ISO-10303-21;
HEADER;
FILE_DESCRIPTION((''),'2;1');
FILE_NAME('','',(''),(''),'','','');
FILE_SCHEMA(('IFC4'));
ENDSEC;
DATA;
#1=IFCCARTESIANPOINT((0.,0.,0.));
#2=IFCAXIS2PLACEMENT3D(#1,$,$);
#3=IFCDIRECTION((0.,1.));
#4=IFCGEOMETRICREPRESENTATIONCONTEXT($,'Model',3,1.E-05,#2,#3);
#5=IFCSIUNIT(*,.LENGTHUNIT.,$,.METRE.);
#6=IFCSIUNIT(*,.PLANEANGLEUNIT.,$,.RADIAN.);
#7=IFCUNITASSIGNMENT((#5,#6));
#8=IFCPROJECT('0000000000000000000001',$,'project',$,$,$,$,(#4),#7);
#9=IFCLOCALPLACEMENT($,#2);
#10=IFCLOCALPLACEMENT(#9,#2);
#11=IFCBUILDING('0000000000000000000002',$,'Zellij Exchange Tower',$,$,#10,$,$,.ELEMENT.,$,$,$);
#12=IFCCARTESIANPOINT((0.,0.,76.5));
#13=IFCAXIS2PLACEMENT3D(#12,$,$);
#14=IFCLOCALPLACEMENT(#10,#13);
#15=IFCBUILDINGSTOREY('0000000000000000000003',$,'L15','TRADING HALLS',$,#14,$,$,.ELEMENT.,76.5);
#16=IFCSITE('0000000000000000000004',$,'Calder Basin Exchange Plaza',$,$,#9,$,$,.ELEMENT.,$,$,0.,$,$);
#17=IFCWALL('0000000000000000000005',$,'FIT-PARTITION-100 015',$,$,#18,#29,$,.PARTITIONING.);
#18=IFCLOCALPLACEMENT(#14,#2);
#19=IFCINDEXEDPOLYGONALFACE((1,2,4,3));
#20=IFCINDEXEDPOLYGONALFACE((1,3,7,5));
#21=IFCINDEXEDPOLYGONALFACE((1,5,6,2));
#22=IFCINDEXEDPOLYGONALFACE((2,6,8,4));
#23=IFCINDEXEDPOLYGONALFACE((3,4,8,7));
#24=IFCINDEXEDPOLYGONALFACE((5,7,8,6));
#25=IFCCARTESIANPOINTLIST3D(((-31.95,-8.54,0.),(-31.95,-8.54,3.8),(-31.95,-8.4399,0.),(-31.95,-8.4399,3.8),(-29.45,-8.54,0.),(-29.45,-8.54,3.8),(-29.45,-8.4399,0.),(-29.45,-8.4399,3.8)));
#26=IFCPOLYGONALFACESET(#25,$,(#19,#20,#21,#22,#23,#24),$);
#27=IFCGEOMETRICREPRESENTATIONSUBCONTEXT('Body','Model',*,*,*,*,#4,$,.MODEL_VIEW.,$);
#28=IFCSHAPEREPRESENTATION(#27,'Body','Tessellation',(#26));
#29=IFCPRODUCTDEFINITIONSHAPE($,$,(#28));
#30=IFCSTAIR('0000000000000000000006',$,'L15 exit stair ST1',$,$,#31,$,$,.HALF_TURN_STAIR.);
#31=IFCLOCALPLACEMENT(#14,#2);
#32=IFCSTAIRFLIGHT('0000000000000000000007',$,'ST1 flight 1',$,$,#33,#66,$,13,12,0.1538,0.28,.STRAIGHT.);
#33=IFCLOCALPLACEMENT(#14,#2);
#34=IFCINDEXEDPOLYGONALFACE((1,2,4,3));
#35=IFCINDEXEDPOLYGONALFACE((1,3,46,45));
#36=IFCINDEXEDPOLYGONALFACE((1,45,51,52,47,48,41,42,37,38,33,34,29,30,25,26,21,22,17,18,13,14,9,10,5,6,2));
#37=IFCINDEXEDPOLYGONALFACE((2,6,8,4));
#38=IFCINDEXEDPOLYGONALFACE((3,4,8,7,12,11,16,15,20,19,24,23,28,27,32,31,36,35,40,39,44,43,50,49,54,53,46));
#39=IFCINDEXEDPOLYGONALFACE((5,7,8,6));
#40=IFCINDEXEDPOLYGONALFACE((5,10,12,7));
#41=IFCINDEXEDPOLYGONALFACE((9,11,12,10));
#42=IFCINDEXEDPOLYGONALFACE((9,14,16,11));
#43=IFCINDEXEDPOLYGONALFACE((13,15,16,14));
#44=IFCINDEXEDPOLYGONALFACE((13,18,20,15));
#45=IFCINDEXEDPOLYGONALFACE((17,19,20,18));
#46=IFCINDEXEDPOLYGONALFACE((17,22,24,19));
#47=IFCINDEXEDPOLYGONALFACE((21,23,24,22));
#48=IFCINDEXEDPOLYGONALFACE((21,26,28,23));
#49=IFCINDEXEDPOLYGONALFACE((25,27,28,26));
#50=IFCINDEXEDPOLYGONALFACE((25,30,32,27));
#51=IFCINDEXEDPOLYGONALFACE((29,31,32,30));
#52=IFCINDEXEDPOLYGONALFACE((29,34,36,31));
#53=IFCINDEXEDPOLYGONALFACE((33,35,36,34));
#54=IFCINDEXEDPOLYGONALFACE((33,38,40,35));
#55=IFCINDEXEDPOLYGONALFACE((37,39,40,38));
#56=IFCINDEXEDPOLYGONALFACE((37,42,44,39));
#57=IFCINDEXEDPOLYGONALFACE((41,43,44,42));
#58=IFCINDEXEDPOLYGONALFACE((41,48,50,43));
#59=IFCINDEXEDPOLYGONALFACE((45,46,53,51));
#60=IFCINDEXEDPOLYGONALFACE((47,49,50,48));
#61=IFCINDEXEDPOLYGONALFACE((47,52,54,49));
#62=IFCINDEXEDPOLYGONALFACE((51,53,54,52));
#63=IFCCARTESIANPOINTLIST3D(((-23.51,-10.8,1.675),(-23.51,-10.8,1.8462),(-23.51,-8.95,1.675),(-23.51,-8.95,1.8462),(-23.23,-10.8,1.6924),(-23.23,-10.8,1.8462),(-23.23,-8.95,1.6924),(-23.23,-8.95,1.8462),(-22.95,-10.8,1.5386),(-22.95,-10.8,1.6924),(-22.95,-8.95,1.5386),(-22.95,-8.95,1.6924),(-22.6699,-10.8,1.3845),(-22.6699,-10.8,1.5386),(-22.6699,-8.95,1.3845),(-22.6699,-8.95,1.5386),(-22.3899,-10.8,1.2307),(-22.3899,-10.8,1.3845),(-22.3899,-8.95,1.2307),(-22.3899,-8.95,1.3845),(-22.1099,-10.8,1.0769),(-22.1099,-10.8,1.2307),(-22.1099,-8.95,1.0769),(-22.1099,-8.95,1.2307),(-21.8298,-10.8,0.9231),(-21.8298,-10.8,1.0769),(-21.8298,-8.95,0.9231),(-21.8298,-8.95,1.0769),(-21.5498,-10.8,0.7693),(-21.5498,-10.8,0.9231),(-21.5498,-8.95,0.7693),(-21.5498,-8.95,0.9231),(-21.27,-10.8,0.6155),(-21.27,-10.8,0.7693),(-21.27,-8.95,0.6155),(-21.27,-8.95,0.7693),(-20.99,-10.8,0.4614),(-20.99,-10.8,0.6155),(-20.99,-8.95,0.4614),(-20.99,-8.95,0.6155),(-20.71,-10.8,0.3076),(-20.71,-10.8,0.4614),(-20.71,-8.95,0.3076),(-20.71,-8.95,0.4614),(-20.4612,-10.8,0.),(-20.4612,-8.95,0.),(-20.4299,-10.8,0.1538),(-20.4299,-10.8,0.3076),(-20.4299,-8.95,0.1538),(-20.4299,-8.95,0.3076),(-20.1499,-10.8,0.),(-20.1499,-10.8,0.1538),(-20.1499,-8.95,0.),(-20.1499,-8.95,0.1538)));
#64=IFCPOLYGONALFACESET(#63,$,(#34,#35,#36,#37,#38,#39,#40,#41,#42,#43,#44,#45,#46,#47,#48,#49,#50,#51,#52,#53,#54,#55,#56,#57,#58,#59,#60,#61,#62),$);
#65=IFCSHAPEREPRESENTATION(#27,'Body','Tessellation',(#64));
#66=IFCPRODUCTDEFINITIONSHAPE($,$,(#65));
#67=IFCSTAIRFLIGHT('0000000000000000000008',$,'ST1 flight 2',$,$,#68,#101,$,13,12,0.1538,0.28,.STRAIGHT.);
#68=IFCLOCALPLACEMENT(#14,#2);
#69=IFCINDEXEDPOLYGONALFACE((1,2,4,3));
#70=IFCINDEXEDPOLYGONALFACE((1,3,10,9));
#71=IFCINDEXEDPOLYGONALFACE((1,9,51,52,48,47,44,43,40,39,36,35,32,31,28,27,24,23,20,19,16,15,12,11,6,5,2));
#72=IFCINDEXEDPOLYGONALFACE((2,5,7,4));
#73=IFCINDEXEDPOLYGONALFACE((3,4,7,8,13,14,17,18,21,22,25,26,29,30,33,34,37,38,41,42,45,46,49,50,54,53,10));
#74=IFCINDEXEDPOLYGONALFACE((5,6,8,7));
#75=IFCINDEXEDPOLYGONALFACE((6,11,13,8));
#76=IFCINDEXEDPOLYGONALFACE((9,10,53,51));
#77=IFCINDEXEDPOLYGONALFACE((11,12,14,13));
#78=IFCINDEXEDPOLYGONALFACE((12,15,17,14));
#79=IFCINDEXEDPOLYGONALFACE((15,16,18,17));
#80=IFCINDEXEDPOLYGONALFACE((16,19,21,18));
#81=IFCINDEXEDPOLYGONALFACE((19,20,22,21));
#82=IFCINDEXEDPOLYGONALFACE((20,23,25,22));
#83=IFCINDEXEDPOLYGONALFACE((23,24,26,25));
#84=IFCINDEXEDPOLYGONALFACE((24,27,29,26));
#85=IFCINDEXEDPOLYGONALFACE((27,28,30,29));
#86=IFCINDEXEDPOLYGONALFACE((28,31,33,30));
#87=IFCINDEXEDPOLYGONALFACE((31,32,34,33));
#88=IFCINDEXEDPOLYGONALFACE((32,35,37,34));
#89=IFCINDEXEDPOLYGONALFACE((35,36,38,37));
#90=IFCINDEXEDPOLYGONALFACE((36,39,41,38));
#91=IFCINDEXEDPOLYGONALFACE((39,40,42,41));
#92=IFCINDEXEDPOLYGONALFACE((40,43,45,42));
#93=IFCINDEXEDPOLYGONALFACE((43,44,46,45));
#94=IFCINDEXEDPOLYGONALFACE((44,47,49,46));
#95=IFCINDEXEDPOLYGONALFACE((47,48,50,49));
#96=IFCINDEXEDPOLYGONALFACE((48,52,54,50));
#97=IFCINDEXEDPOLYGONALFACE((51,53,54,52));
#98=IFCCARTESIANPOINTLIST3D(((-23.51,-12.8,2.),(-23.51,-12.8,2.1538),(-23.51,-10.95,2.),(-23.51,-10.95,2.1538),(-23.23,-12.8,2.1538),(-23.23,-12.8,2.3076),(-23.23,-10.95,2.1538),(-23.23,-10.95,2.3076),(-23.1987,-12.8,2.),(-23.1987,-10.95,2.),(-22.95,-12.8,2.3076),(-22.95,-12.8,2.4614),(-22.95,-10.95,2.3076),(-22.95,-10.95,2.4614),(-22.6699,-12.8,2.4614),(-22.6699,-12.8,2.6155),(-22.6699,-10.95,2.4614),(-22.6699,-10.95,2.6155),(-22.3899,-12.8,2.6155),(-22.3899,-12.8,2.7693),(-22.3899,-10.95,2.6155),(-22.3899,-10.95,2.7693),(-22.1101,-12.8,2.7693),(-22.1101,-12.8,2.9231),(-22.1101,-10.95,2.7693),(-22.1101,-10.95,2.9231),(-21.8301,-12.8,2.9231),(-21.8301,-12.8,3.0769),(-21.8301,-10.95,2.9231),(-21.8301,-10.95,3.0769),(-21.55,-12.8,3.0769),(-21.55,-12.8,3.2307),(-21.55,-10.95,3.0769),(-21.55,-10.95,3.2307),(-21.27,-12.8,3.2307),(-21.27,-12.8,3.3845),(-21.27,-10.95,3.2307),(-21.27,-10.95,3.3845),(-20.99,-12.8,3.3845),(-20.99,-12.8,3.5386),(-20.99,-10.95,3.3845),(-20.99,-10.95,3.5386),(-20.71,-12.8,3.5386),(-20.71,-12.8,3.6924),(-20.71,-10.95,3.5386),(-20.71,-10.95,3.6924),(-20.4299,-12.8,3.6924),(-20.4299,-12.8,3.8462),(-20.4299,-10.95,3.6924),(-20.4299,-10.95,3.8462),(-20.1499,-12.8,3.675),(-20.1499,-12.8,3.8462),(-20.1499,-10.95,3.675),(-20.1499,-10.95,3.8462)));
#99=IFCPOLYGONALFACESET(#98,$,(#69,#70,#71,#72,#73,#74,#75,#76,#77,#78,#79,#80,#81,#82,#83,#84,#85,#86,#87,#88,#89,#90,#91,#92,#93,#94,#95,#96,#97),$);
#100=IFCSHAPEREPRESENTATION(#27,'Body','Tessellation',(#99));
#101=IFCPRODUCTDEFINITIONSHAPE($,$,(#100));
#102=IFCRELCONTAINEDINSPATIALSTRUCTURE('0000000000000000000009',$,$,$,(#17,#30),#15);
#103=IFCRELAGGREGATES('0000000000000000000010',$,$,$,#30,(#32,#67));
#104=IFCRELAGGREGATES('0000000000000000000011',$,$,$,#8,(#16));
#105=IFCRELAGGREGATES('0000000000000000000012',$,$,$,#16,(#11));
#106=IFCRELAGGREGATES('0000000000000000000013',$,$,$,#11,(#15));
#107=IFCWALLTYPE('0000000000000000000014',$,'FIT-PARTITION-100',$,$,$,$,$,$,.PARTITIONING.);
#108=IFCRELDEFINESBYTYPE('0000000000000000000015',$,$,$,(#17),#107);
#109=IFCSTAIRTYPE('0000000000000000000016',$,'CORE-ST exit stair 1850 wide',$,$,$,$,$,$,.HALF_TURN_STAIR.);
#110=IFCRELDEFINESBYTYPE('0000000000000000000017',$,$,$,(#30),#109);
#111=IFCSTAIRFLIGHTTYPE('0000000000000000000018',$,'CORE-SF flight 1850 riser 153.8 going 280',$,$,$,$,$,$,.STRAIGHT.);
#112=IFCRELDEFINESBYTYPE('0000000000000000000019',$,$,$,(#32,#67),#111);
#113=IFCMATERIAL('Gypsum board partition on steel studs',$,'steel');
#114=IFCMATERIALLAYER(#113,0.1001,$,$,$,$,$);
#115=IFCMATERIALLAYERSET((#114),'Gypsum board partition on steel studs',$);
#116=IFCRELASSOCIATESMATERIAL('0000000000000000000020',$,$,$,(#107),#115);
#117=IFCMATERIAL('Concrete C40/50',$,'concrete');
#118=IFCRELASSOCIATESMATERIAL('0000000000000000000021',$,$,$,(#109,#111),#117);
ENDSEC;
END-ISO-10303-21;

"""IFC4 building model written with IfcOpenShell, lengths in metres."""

from ifc_helpers import new_model, si_unit, direction, frame, frame_2d, origin, place, context, subcontext, project, spatial, polyline, rectangle, outline, extrude, material, layer, layer_set, type_object, element, aggregate, save


model = new_model("IFC4")

# Units and contexts
model_context = context("Model", 3, precision=1e-05, world=origin(), true_north=direction((0.0, 1.0)))
body_context = subcontext(model_context, "Body", "Model", "MODEL_VIEW")
ifc_project = project(units=[si_unit("LENGTHUNIT", "METRE"), si_unit("PLANEANGLEUNIT", "RADIAN")], contexts=[model_context])

# Site, building, storey
site_placement = place(None, origin())
site = spatial("IfcSite", under=ifc_project, at=site_placement, Name="Calder Basin Exchange Plaza", CompositionType="ELEMENT", RefElevation=0.0)
building_placement = place(site_placement, origin())
building = spatial("IfcBuilding", under=site, at=building_placement, Name="Zellij Exchange Tower", CompositionType="ELEMENT")
storey_placement = place(building_placement, frame((0.0, 0.0, 76.5)))
storey = spatial("IfcBuildingStorey", under=building, at=storey_placement, Name="L15", Description="TRADING HALLS", CompositionType="ELEMENT", Elevation=76.5)

# Shared definitions
ifc_material_1 = material(Name="Gypsum board partition on steel studs", Category="steel")
ifc_layer_1 = layer(ifc_material_1, 0.1001)
ifc_layer_set_1 = layer_set([ifc_layer_1], Name="Gypsum board partition on steel studs")
wall_type_1 = type_object("IfcWallType", Name="FIT-PARTITION-100", PredefinedType="PARTITIONING", material=ifc_layer_set_1)

# Wall
wall_1_placement = place(storey_placement, frame((-31.95, -8.49, 0.0), z_axis=(0.0, 0.0, 1.0), x_axis=(1.0, 0.0, 0.0)))
element("IfcWall", 1, at=wall_1_placement, inside=storey, type_object=wall_type_1, Name="FIT-PARTITION-100 015", PredefinedType="PARTITIONING", context=body_context, shape_type="SweptSolid", body=[
    extrude(rectangle(XDim=2.5, YDim=0.1001, at=frame_2d((1.25, 0.0))), origin(), (0.0, 0.0, 1.0), 3.8),
])

# Stair, stair flights
ifc_material_2 = material(Name="Concrete C40/50", Category="concrete")
stair_type = type_object("IfcStairType", Name="CORE-ST exit stair 1850 wide", PredefinedType="HALF_TURN_STAIR", material=ifc_material_2)
stair_placement = place(storey_placement, origin())
stair = element("IfcStair", 2, at=stair_placement, inside=storey, type_object=stair_type, Name="L15 exit stair ST1", PredefinedType="HALF_TURN_STAIR")
stair_flight_type = type_object("IfcStairFlightType", Name="CORE-SF flight 1850 riser 153.8 going 280", PredefinedType="STRAIGHT", material=ifc_material_2)
stair_flight_1_placement = place(storey_placement, frame((-20.1499, -9.875, 0.0), z_axis=(0.0, 0.0, 1.0), x_axis=(-1.0, 0.0, 0.0)))
stair_flight_1 = element("IfcStairFlight", 3, at=stair_flight_1_placement, type_object=stair_flight_type, Name="ST1 flight 1", NumberOfRisers=13, NumberOfTreads=12, PredefinedType="STRAIGHT", RiserHeight=0.1538, TreadLength=0.28, context=body_context, shape_type="SweptSolid", body=[
    extrude(outline(polyline([(0.0, 0.0), (0.0, 0.1538), (0.28, 0.1538), (0.28, 0.3076), (0.5601, 0.3076), (0.5601, 0.4614), (0.8401, 0.4614), (0.8401, 0.6155), (1.1201, 0.6155), (1.1201, 0.7693), (1.3999, 0.7693), (1.3999, 0.9231), (1.6799, 0.9231), (1.6799, 1.0769), (1.96, 1.0769), (1.96, 1.2307), (2.24, 1.2307), (2.24, 1.3845), (2.52, 1.3845), (2.52, 1.5386), (2.8, 1.5386), (2.8, 1.6924), (3.0801, 1.6924), (3.0801, 1.8462), (3.3601, 1.8462), (3.3601, 2.0), (3.3601, 1.675), (0.3113, 0.0), (0.0, 0.0)])), frame((0.0, 0.925, 0.0), z_axis=(0.0, -1.0, 0.0), x_axis=(1.0, 0.0, 0.0)), (0.0, 0.0, 1.0), 1.8501),
])
stair_flight_2_placement = place(storey_placement, frame((-23.51, -11.875, 2.0), z_axis=(0.0, 0.0, 1.0), x_axis=(1.0, 0.0, 0.0)))
stair_flight_2 = element("IfcStairFlight", 4, at=stair_flight_2_placement, type_object=stair_flight_type, Name="ST1 flight 2", NumberOfRisers=13, NumberOfTreads=12, PredefinedType="STRAIGHT", RiserHeight=0.1538, TreadLength=0.28, context=body_context, shape_type="SweptSolid", body=[
    extrude(outline(polyline([(0.0, 0.0), (0.0, 0.1538), (0.28, 0.1538), (0.28, 0.3076), (0.5601, 0.3076), (0.5601, 0.4614), (0.8401, 0.4614), (0.8401, 0.6155), (1.1201, 0.6155), (1.1201, 0.7693), (1.3999, 0.7693), (1.3999, 0.9231), (1.6799, 0.9231), (1.6799, 1.0769), (1.96, 1.0769), (1.96, 1.2307), (2.24, 1.2307), (2.24, 1.3845), (2.52, 1.3845), (2.52, 1.5386), (2.8, 1.5386), (2.8, 1.6924), (3.0801, 1.6924), (3.0801, 1.8462), (3.3601, 1.8462), (3.3601, 2.0), (3.3601, 1.675), (0.3113, 0.0), (0.0, 0.0)])), frame((0.0, 0.925, 0.0), z_axis=(0.0, -1.0, 0.0), x_axis=(1.0, 0.0, 0.0)), (0.0, 0.0, 1.0), 1.8501),
])
aggregate(stair, [stair_flight_1, stair_flight_2])

save(model, "model.ifc")
